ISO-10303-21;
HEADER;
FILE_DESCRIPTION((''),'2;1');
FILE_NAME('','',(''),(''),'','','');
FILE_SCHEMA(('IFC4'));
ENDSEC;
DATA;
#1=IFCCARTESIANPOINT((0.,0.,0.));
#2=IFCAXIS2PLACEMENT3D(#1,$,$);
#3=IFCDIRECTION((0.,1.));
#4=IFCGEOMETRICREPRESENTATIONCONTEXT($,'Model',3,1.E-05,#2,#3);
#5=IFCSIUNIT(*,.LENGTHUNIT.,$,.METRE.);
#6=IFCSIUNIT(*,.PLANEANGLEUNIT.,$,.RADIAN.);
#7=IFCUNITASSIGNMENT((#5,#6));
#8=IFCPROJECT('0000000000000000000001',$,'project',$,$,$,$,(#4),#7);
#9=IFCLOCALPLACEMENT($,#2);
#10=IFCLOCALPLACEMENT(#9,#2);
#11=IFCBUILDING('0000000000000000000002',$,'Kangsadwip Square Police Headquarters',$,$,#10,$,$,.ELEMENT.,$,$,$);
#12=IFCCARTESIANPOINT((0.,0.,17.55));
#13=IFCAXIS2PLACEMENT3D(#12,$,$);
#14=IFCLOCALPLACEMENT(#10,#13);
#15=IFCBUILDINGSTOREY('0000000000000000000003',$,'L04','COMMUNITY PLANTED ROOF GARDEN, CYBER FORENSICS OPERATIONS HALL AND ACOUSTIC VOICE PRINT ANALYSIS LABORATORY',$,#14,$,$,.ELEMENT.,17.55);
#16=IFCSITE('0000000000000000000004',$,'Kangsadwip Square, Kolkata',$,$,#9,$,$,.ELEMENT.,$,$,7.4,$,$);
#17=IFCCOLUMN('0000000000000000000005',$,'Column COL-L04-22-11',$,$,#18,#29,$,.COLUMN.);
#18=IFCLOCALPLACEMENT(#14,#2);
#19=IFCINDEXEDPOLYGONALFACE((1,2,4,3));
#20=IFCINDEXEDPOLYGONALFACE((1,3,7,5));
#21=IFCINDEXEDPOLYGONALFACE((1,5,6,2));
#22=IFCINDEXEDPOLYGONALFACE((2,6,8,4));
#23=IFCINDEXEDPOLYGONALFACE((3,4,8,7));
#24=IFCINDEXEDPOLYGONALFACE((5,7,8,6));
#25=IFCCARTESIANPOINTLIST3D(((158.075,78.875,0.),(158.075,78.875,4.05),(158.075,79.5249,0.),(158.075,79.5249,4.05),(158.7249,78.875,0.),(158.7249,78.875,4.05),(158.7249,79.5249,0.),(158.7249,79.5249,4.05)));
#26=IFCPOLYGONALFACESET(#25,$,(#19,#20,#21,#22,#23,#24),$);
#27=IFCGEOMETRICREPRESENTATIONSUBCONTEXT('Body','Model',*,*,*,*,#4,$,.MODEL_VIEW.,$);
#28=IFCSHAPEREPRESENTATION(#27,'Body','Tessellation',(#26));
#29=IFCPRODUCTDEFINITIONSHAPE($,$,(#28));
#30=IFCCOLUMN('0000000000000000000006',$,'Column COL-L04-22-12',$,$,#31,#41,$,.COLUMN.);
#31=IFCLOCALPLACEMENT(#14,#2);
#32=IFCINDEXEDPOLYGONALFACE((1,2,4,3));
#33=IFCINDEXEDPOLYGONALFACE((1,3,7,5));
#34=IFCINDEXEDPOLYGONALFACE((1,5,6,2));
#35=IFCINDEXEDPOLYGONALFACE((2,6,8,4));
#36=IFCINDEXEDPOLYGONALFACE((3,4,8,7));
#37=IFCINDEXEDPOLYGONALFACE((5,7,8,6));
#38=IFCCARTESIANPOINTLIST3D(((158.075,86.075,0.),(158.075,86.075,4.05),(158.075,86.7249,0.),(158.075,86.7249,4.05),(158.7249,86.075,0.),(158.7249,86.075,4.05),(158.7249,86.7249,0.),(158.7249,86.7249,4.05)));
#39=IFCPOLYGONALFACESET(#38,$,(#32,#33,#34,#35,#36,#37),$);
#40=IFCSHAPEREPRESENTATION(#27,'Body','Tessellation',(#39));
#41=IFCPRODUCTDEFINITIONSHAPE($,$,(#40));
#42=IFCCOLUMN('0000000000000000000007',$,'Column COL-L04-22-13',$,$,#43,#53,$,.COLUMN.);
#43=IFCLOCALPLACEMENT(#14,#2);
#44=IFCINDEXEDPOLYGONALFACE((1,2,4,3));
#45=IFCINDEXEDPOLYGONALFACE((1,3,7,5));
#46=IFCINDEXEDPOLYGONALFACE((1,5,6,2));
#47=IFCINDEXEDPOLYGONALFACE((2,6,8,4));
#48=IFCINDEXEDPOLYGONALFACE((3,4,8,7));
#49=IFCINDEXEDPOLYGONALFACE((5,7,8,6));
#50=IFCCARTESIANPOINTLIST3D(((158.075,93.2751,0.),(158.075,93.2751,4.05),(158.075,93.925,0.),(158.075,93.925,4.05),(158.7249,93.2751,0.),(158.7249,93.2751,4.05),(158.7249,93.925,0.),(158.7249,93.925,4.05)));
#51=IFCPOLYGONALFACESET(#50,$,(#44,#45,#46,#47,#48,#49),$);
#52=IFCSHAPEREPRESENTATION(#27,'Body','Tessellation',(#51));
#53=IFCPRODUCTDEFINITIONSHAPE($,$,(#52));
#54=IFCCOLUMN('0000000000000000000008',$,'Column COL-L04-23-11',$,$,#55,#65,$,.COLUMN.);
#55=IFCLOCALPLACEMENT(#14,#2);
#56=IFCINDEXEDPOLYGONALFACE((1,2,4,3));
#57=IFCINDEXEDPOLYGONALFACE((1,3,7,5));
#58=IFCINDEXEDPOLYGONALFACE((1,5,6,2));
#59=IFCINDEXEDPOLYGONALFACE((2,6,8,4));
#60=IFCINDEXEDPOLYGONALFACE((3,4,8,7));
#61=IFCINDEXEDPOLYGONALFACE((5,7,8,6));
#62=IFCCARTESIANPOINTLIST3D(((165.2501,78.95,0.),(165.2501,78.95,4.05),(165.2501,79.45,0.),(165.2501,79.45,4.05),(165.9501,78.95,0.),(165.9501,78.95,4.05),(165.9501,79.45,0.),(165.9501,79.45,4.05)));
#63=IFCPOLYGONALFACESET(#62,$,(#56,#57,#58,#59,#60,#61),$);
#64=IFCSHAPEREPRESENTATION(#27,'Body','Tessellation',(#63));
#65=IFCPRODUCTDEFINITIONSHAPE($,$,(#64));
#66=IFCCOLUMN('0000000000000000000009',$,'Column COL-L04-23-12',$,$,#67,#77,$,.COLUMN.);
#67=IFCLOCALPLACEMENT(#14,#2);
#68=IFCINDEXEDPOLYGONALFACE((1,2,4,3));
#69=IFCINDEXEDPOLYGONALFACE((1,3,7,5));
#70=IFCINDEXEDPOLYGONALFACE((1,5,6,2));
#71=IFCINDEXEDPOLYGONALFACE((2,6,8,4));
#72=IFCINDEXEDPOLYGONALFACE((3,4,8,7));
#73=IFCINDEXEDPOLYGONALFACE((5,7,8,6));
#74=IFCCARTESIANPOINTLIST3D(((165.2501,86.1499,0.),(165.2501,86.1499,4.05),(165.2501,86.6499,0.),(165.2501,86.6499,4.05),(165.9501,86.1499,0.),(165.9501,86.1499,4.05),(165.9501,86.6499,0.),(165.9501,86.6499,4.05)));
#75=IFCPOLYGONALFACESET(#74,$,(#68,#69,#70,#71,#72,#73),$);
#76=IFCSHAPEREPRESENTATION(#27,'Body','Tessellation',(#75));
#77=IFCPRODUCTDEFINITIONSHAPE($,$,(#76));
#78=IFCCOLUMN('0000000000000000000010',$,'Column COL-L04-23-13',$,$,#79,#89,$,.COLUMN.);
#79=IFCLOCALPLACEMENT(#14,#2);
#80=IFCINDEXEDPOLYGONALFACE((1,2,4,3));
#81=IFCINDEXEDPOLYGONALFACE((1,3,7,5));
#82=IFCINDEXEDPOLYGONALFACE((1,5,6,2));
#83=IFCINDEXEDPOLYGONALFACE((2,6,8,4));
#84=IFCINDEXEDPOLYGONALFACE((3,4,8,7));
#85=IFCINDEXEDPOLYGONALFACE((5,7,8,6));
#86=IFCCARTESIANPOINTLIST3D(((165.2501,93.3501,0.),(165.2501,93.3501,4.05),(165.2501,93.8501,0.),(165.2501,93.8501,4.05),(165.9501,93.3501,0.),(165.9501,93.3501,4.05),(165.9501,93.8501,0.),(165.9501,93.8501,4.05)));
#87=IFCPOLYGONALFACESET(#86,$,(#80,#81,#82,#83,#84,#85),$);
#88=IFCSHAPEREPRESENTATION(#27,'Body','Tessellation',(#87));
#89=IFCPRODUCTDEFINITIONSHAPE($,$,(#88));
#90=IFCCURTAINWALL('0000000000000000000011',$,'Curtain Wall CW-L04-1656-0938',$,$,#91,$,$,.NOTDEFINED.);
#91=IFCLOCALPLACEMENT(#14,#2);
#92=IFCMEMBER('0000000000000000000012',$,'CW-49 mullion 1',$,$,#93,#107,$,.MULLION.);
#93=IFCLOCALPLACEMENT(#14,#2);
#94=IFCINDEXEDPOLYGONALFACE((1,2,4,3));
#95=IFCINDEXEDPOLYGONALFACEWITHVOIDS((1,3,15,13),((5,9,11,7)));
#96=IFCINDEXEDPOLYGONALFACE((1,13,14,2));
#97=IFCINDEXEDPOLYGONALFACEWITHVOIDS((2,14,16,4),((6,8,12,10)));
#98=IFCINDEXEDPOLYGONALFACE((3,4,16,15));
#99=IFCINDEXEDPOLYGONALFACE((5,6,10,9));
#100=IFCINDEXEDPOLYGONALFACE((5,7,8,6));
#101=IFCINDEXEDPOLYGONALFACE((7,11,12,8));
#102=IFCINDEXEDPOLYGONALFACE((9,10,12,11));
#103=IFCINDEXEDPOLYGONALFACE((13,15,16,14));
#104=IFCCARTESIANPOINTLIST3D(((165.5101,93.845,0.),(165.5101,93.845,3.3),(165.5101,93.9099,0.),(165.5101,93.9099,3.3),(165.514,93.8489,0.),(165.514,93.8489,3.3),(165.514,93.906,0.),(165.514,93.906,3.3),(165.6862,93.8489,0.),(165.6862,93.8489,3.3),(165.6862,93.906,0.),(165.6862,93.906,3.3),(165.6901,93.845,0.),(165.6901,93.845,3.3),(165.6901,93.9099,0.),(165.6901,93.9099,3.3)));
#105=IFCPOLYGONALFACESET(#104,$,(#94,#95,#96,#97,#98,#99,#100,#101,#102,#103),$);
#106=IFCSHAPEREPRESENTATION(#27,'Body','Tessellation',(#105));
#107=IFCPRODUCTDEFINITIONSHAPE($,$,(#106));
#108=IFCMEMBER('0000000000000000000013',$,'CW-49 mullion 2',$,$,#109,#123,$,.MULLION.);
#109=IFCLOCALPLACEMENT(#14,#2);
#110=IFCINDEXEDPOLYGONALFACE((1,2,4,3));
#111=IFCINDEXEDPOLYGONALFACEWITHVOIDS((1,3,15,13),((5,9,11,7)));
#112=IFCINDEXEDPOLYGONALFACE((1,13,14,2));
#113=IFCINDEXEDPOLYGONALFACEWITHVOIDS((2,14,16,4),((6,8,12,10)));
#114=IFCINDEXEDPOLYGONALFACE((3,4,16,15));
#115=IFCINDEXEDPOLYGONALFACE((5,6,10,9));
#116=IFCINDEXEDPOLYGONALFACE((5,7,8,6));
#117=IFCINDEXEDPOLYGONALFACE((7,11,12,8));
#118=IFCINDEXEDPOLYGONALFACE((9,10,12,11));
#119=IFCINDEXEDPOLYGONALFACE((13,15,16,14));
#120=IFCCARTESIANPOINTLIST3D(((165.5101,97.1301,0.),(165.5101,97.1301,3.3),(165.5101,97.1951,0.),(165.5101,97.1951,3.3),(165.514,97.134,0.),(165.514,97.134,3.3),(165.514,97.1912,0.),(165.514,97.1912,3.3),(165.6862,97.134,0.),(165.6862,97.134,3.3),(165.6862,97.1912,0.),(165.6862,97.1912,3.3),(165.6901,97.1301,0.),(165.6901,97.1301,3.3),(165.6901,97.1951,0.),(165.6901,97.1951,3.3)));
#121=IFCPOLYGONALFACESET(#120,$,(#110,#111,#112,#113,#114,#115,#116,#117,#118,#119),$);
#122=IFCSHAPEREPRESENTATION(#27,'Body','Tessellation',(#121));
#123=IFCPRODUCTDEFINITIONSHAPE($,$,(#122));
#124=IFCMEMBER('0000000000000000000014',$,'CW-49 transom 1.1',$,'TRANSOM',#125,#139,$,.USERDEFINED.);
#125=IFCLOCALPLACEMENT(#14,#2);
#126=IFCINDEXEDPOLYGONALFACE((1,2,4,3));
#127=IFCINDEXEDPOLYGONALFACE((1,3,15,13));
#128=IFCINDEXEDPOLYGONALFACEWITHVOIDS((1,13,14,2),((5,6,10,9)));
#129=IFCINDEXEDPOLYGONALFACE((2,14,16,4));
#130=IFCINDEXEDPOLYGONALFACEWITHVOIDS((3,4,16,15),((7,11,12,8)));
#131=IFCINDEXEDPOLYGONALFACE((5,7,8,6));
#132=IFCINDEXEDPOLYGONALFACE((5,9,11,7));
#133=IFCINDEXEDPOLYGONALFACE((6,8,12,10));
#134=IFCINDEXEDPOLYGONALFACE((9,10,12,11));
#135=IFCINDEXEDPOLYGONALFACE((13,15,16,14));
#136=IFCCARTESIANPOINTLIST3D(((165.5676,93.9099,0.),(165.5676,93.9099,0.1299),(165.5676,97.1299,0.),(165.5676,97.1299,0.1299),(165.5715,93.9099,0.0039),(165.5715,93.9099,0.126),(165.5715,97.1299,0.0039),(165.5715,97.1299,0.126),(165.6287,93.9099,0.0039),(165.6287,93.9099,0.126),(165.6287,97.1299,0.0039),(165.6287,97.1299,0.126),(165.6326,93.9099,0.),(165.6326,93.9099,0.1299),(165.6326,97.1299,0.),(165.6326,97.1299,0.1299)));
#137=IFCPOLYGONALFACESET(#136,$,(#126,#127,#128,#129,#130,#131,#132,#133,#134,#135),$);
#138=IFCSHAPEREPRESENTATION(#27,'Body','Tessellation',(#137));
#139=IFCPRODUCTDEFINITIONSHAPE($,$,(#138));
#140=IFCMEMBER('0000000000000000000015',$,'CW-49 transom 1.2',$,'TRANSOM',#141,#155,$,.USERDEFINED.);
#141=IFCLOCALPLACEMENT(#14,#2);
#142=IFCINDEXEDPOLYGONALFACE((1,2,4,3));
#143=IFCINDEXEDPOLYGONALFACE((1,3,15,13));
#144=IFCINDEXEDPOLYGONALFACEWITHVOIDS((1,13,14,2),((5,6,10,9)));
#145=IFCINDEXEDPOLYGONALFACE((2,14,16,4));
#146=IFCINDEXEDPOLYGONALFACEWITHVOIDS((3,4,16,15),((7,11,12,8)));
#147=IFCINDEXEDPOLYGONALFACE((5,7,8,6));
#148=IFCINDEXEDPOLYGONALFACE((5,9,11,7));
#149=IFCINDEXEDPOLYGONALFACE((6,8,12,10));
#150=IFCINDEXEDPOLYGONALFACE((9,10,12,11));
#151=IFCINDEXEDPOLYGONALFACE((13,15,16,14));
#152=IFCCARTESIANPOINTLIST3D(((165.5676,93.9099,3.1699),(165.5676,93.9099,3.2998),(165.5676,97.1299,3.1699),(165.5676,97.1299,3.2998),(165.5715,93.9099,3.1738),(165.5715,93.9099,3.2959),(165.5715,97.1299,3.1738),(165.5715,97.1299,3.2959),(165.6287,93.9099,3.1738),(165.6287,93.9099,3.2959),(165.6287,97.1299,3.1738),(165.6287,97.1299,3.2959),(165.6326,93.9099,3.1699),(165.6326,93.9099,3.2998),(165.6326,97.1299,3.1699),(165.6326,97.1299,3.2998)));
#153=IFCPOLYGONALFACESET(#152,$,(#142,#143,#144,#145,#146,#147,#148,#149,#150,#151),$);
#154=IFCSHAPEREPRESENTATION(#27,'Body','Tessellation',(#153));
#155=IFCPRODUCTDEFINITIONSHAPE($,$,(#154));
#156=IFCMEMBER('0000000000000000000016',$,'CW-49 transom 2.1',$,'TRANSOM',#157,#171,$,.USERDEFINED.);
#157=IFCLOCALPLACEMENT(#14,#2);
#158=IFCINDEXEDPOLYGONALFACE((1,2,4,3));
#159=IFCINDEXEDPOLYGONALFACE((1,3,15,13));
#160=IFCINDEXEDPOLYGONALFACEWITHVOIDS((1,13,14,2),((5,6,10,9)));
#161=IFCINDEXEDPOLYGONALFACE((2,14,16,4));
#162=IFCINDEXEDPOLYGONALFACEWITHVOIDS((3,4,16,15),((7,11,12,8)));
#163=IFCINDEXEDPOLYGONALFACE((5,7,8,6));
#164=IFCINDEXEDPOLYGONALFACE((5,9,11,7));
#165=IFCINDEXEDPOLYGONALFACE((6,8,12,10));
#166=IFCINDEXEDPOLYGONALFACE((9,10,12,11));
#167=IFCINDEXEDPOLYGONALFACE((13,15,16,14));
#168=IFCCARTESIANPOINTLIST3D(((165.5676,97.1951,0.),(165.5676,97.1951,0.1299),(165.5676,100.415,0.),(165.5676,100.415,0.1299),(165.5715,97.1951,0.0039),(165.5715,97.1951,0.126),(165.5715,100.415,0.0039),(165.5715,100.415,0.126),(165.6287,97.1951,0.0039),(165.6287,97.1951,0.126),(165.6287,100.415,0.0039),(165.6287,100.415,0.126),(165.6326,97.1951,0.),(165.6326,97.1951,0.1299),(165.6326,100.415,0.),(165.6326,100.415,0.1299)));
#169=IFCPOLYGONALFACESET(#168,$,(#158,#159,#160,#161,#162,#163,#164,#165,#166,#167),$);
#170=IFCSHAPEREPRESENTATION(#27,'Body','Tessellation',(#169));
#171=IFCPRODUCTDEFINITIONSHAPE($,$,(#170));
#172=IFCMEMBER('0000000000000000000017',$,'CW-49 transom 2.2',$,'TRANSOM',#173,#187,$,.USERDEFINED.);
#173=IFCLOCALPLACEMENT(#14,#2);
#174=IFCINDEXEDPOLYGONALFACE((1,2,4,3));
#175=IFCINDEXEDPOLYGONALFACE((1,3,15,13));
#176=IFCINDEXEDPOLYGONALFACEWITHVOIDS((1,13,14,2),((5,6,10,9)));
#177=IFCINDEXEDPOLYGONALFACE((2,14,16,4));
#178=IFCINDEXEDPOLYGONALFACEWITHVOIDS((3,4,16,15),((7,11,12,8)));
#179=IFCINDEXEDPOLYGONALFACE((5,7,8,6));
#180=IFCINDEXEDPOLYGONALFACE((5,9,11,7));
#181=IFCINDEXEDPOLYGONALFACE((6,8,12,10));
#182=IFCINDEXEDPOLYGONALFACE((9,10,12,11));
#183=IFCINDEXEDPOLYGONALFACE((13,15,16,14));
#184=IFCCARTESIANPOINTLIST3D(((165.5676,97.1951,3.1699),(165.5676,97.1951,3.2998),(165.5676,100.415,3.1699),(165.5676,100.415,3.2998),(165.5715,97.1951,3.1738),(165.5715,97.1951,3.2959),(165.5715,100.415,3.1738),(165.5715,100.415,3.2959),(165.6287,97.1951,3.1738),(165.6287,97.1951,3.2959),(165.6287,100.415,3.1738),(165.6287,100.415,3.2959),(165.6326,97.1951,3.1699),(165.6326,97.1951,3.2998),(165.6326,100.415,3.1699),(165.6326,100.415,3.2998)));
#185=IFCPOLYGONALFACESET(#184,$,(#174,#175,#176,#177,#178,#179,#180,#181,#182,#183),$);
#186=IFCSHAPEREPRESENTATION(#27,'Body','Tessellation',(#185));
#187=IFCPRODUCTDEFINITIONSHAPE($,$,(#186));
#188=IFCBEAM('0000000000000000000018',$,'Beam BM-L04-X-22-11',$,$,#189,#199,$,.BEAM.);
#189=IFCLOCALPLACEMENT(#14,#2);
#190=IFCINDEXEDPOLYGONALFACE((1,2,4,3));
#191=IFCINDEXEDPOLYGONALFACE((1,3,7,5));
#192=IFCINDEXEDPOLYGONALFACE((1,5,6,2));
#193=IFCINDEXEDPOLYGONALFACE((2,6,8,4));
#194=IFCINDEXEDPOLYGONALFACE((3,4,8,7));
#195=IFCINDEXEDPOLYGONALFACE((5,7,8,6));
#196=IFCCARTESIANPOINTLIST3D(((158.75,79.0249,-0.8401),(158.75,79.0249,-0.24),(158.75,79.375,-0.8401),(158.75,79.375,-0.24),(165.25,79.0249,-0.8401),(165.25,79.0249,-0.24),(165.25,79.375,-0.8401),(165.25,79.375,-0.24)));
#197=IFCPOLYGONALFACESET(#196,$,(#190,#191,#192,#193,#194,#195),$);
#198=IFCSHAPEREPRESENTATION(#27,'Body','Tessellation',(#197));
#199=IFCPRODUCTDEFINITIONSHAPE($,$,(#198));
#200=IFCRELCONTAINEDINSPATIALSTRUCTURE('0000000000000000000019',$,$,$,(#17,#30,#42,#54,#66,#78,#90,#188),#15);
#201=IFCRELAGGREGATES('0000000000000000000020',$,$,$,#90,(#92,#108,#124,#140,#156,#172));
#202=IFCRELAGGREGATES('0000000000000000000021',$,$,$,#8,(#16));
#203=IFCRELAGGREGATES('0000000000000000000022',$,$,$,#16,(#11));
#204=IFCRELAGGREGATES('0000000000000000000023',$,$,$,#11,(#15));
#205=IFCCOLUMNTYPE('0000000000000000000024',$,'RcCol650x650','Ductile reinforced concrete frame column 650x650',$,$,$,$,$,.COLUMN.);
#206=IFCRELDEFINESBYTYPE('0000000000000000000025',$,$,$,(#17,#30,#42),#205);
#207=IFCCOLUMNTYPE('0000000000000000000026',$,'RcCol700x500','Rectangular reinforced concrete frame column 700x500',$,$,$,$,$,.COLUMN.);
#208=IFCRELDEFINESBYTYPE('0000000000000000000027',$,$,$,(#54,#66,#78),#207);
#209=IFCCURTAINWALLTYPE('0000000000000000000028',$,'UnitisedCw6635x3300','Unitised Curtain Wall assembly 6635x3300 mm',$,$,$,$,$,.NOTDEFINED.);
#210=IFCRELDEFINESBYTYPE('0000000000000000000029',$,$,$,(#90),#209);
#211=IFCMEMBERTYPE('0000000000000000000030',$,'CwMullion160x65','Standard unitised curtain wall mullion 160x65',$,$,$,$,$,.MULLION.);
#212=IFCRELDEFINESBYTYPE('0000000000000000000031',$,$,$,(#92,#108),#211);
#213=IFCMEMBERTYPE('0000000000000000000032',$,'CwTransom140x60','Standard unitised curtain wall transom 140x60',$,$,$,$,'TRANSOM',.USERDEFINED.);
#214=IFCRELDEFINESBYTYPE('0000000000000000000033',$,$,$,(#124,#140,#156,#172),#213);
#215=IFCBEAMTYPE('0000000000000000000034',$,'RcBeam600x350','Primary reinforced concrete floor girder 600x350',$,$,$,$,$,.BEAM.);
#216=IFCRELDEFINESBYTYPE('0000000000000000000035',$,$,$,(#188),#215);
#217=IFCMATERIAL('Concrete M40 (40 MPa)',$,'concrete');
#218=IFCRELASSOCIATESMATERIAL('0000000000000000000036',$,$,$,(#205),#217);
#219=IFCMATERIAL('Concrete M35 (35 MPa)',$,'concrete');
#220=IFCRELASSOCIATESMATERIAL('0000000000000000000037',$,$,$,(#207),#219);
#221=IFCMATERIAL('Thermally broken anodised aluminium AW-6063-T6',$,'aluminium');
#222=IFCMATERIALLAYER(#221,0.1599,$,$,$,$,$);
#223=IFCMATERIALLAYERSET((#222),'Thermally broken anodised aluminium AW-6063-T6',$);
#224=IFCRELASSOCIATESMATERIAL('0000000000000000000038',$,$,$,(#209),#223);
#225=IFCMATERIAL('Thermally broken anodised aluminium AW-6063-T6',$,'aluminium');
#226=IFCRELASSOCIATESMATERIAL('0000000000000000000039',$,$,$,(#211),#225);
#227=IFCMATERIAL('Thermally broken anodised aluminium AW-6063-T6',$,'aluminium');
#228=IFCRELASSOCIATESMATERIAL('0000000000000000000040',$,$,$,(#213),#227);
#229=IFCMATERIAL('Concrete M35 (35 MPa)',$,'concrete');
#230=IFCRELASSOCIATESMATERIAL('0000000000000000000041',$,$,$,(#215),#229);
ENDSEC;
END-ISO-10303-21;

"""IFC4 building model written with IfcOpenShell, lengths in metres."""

from ifc_helpers import new_model, si_unit, direction, frame, origin, origin_2d, place, context, subcontext, project, spatial, rectangle, hollow_rectangle, extrude, material, layer, layer_set, material_profile, profile_set, type_object, element, aggregate, save


model = new_model("IFC4")

# Units and contexts
model_context = context("Model", 3, precision=1e-05, world=origin(), true_north=direction((0.0, 1.0)))
body_context = subcontext(model_context, "Body", "Model", "MODEL_VIEW")
ifc_project = project(units=[si_unit("LENGTHUNIT", "METRE"), si_unit("PLANEANGLEUNIT", "RADIAN")], contexts=[model_context])

# Site, building, storey
site_placement = place(None, origin())
site = spatial("IfcSite", under=ifc_project, at=site_placement, Name="Kangsadwip Square, Kolkata", CompositionType="ELEMENT", RefElevation=7.4)
building_placement = place(site_placement, origin())
building = spatial("IfcBuilding", under=site, at=building_placement, Name="Kangsadwip Square Police Headquarters", CompositionType="ELEMENT")
storey_placement = place(building_placement, frame((0.0, 0.0, 17.55)))
storey = spatial("IfcBuildingStorey", under=building, at=storey_placement, Name="L04", Description="COMMUNITY PLANTED ROOF GARDEN, CYBER FORENSICS OPERATIONS HALL AND ACOUSTIC VOICE PRINT ANALYSIS LABORATORY", CompositionType="ELEMENT", Elevation=17.55)

# Columns
ifc_material_1 = material(Name="Concrete M40 (40 MPa)", Category="concrete")
ifc_material_profile_1 = material_profile(ifc_material_1, rectangle(XDim=0.6499, YDim=0.6499, at=origin_2d()), Name="RC COL 650X650")
ifc_profile_set_1 = profile_set([ifc_material_profile_1], Name="Concrete M40 (40 MPa)")
column_type_1 = type_object("IfcColumnType", Name="RcCol650x650", Description="Ductile reinforced concrete frame column 650x650", PredefinedType="COLUMN", material=ifc_profile_set_1)
for number, where, z_axis, x_axis, name in (
    (1, (158.3999, 79.2, 0.0), (0.0, 0.0, 1.0), (1.0, 0.0, 0.0), "Column COL-L04-22-11"),
    (2, (158.3999, 86.3999, 0.0), (0.0, 0.0, 1.0), (1.0, 0.0, 0.0), "Column COL-L04-22-12"),
    (3, (158.3999, 93.6001, 0.0), (0.0, 0.0, 1.0), (1.0, 0.0, 0.0), "Column COL-L04-22-13"),
):
    element("IfcColumn", number, at=place(storey_placement, frame(where, z_axis=z_axis, x_axis=x_axis)), inside=storey, type_object=column_type_1, Name=name, PredefinedType="COLUMN", context=body_context, shape_type="SweptSolid", body=[
        extrude(rectangle(XDim=0.6499, YDim=0.6499, at=origin_2d()), origin(), (0.0, 0.0, 1.0), 4.05),
    ])
ifc_material_2 = material(Name="Concrete M35 (35 MPa)", Category="concrete")
ifc_material_profile_2 = material_profile(ifc_material_2, rectangle(XDim=0.5, YDim=0.7, at=origin_2d()), Name="RC COL 700X500")
ifc_profile_set_2 = profile_set([ifc_material_profile_2], Name="Concrete M35 (35 MPa)")
column_type_2 = type_object("IfcColumnType", Name="RcCol700x500", Description="Rectangular reinforced concrete frame column 700x500", PredefinedType="COLUMN", material=ifc_profile_set_2)
for number, where, z_axis, x_axis, name in (
    (4, (165.6001, 79.2, 0.0), (0.0, 0.0, 1.0), (0.0, 1.0, 0.0), "Column COL-L04-23-11"),
    (5, (165.6001, 86.3999, 0.0), (0.0, 0.0, 1.0), (0.0, 1.0, 0.0), "Column COL-L04-23-12"),
    (6, (165.6001, 93.6001, 0.0), (0.0, 0.0, 1.0), (0.0, 1.0, 0.0), "Column COL-L04-23-13"),
):
    element("IfcColumn", number, at=place(storey_placement, frame(where, z_axis=z_axis, x_axis=x_axis)), inside=storey, type_object=column_type_2, Name=name, PredefinedType="COLUMN", context=body_context, shape_type="SweptSolid", body=[
        extrude(rectangle(XDim=0.5, YDim=0.7, at=origin_2d()), origin(), (0.0, 0.0, 1.0), 4.05),
    ])

# Curtain wall, members
ifc_material_3 = material(Name="Thermally broken anodised aluminium AW-6063-T6", Category="aluminium")
ifc_layer_1 = layer(ifc_material_3, 0.1599)
ifc_layer_set_1 = layer_set([ifc_layer_1], Name="Thermally broken anodised aluminium AW-6063-T6")
curtain_wall_type = type_object("IfcCurtainWallType", Name="UnitisedCw6635x3300", Description="Unitised Curtain Wall assembly 6635x3300 mm", PredefinedType="NOTDEFINED", material=ifc_layer_set_1)
curtain_wall_placement = place(storey_placement, origin())
curtain_wall = element("IfcCurtainWall", 7, at=curtain_wall_placement, inside=storey, type_object=curtain_wall_type, Name="Curtain Wall CW-L04-1656-0938", PredefinedType="NOTDEFINED")
ifc_material_4 = material(Name="Thermally broken anodised aluminium AW-6063-T6", Category="aluminium")
ifc_material_profile_3 = material_profile(ifc_material_4, hollow_rectangle(XDim=0.0649, YDim=0.1799, WallThickness=0.0039, at=origin_2d()), Name="CWM 180X65X4")
ifc_profile_set_3 = profile_set([ifc_material_profile_3], Name="Thermally broken anodised aluminium AW-6063-T6")
member_type_1 = type_object("IfcMemberType", Name="CwMullion160x65", Description="Standard unitised curtain wall mullion 160x65", PredefinedType="MULLION", material=ifc_profile_set_3)
member_1_placement = place(storey_placement, frame((165.6001, 93.8774, 0.0), z_axis=(0.0, 0.0, 1.0), x_axis=(0.0, 1.0, 0.0)))
member_1 = element("IfcMember", 8, at=member_1_placement, type_object=member_type_1, Name="CW-49 mullion 1", PredefinedType="MULLION", context=body_context, shape_type="SweptSolid", body=[
    extrude(hollow_rectangle(XDim=0.0649, YDim=0.1799, WallThickness=0.0039, at=origin_2d()), origin(), (0.0, 0.0, 1.0), 3.3),
])
member_2_placement = place(storey_placement, frame((165.6001, 97.1626, 0.0), z_axis=(0.0, 0.0, 1.0), x_axis=(0.0, 1.0, 0.0)))
member_2 = element("IfcMember", 9, at=member_2_placement, type_object=member_type_1, Name="CW-49 mullion 2", PredefinedType="MULLION", context=body_context, shape_type="SweptSolid", body=[
    extrude(hollow_rectangle(XDim=0.0649, YDim=0.1799, WallThickness=0.0039, at=origin_2d()), origin(), (0.0, 0.0, 1.0), 3.3),
])
ifc_material_5 = material(Name="Thermally broken anodised aluminium AW-6063-T6", Category="aluminium")
ifc_material_profile_4 = material_profile(ifc_material_5, hollow_rectangle(XDim=0.0649, YDim=0.1299, WallThickness=0.0039, at=origin_2d()), Name="CWT 130X65X4")
ifc_profile_set_4 = profile_set([ifc_material_profile_4], Name="Thermally broken anodised aluminium AW-6063-T6")
member_type_2 = type_object("IfcMemberType", Name="CwTransom140x60", Description="Standard unitised curtain wall transom 140x60", ElementType="TRANSOM", PredefinedType="USERDEFINED", material=ifc_profile_set_4)
member_3_placement = place(storey_placement, frame((165.6001, 93.9099, 0.0649), z_axis=(0.0, 1.0, 0.0), x_axis=(-1.0, 0.0, 0.0)))
member_3 = element("IfcMember", 10, at=member_3_placement, type_object=member_type_2, Name="CW-49 transom 1.1", ObjectType="TRANSOM", PredefinedType="USERDEFINED", context=body_context, shape_type="SweptSolid", body=[
    extrude(hollow_rectangle(XDim=0.0649, YDim=0.1299, WallThickness=0.0039, at=origin_2d()), origin(), (0.0, 0.0, 1.0), 3.22),
])
member_4_placement = place(storey_placement, frame((165.6001, 93.9099, 3.2349), z_axis=(0.0, 1.0, 0.0), x_axis=(-1.0, 0.0, 0.0)))
member_4 = element("IfcMember", 11, at=member_4_placement, type_object=member_type_2, Name="CW-49 transom 1.2", ObjectType="TRANSOM", PredefinedType="USERDEFINED", context=body_context, shape_type="SweptSolid", body=[
    extrude(hollow_rectangle(XDim=0.0649, YDim=0.1299, WallThickness=0.0039, at=origin_2d()), origin(), (0.0, 0.0, 1.0), 3.22),
])
member_5_placement = place(storey_placement, frame((165.6001, 97.1951, 0.0649), z_axis=(0.0, 1.0, 0.0), x_axis=(-1.0, 0.0, 0.0)))
member_5 = element("IfcMember", 12, at=member_5_placement, type_object=member_type_2, Name="CW-49 transom 2.1", ObjectType="TRANSOM", PredefinedType="USERDEFINED", context=body_context, shape_type="SweptSolid", body=[
    extrude(hollow_rectangle(XDim=0.0649, YDim=0.1299, WallThickness=0.0039, at=origin_2d()), origin(), (0.0, 0.0, 1.0), 3.22),
])
member_6_placement = place(storey_placement, frame((165.6001, 97.1951, 3.2349), z_axis=(0.0, 1.0, 0.0), x_axis=(-1.0, 0.0, 0.0)))
member_6 = element("IfcMember", 13, at=member_6_placement, type_object=member_type_2, Name="CW-49 transom 2.2", ObjectType="TRANSOM", PredefinedType="USERDEFINED", context=body_context, shape_type="SweptSolid", body=[
    extrude(hollow_rectangle(XDim=0.0649, YDim=0.1299, WallThickness=0.0039, at=origin_2d()), origin(), (0.0, 0.0, 1.0), 3.22),
])

# Beam
ifc_material_6 = material(Name="Concrete M35 (35 MPa)", Category="concrete")
ifc_material_profile_5 = material_profile(ifc_material_6, rectangle(XDim=0.3501, YDim=0.6001, at=origin_2d()), Name="RC BM 600X350")
ifc_profile_set_5 = profile_set([ifc_material_profile_5], Name="Concrete M35 (35 MPa)")
beam_type_1 = type_object("IfcBeamType", Name="RcBeam600x350", Description="Primary reinforced concrete floor girder 600x350", PredefinedType="BEAM", material=ifc_profile_set_5)
for number, where, z_axis, x_axis, name in (
    (14, (158.75, 79.2, -0.54), (1.0, 0.0, 0.0), (0.0, 1.0, 0.0), "Beam BM-L04-X-22-11"),
):
    element("IfcBeam", number, at=place(storey_placement, frame(where, z_axis=z_axis, x_axis=x_axis)), inside=storey, type_object=beam_type_1, Name=name, PredefinedType="BEAM", context=body_context, shape_type="SweptSolid", body=[
        extrude(rectangle(XDim=0.3501, YDim=0.6001, at=origin_2d()), origin(), (0.0, 0.0, 1.0), 6.5),
    ])

aggregate(curtain_wall, [member_1, member_2, member_3, member_4, member_5, member_6])

save(model, "model.ifc")
